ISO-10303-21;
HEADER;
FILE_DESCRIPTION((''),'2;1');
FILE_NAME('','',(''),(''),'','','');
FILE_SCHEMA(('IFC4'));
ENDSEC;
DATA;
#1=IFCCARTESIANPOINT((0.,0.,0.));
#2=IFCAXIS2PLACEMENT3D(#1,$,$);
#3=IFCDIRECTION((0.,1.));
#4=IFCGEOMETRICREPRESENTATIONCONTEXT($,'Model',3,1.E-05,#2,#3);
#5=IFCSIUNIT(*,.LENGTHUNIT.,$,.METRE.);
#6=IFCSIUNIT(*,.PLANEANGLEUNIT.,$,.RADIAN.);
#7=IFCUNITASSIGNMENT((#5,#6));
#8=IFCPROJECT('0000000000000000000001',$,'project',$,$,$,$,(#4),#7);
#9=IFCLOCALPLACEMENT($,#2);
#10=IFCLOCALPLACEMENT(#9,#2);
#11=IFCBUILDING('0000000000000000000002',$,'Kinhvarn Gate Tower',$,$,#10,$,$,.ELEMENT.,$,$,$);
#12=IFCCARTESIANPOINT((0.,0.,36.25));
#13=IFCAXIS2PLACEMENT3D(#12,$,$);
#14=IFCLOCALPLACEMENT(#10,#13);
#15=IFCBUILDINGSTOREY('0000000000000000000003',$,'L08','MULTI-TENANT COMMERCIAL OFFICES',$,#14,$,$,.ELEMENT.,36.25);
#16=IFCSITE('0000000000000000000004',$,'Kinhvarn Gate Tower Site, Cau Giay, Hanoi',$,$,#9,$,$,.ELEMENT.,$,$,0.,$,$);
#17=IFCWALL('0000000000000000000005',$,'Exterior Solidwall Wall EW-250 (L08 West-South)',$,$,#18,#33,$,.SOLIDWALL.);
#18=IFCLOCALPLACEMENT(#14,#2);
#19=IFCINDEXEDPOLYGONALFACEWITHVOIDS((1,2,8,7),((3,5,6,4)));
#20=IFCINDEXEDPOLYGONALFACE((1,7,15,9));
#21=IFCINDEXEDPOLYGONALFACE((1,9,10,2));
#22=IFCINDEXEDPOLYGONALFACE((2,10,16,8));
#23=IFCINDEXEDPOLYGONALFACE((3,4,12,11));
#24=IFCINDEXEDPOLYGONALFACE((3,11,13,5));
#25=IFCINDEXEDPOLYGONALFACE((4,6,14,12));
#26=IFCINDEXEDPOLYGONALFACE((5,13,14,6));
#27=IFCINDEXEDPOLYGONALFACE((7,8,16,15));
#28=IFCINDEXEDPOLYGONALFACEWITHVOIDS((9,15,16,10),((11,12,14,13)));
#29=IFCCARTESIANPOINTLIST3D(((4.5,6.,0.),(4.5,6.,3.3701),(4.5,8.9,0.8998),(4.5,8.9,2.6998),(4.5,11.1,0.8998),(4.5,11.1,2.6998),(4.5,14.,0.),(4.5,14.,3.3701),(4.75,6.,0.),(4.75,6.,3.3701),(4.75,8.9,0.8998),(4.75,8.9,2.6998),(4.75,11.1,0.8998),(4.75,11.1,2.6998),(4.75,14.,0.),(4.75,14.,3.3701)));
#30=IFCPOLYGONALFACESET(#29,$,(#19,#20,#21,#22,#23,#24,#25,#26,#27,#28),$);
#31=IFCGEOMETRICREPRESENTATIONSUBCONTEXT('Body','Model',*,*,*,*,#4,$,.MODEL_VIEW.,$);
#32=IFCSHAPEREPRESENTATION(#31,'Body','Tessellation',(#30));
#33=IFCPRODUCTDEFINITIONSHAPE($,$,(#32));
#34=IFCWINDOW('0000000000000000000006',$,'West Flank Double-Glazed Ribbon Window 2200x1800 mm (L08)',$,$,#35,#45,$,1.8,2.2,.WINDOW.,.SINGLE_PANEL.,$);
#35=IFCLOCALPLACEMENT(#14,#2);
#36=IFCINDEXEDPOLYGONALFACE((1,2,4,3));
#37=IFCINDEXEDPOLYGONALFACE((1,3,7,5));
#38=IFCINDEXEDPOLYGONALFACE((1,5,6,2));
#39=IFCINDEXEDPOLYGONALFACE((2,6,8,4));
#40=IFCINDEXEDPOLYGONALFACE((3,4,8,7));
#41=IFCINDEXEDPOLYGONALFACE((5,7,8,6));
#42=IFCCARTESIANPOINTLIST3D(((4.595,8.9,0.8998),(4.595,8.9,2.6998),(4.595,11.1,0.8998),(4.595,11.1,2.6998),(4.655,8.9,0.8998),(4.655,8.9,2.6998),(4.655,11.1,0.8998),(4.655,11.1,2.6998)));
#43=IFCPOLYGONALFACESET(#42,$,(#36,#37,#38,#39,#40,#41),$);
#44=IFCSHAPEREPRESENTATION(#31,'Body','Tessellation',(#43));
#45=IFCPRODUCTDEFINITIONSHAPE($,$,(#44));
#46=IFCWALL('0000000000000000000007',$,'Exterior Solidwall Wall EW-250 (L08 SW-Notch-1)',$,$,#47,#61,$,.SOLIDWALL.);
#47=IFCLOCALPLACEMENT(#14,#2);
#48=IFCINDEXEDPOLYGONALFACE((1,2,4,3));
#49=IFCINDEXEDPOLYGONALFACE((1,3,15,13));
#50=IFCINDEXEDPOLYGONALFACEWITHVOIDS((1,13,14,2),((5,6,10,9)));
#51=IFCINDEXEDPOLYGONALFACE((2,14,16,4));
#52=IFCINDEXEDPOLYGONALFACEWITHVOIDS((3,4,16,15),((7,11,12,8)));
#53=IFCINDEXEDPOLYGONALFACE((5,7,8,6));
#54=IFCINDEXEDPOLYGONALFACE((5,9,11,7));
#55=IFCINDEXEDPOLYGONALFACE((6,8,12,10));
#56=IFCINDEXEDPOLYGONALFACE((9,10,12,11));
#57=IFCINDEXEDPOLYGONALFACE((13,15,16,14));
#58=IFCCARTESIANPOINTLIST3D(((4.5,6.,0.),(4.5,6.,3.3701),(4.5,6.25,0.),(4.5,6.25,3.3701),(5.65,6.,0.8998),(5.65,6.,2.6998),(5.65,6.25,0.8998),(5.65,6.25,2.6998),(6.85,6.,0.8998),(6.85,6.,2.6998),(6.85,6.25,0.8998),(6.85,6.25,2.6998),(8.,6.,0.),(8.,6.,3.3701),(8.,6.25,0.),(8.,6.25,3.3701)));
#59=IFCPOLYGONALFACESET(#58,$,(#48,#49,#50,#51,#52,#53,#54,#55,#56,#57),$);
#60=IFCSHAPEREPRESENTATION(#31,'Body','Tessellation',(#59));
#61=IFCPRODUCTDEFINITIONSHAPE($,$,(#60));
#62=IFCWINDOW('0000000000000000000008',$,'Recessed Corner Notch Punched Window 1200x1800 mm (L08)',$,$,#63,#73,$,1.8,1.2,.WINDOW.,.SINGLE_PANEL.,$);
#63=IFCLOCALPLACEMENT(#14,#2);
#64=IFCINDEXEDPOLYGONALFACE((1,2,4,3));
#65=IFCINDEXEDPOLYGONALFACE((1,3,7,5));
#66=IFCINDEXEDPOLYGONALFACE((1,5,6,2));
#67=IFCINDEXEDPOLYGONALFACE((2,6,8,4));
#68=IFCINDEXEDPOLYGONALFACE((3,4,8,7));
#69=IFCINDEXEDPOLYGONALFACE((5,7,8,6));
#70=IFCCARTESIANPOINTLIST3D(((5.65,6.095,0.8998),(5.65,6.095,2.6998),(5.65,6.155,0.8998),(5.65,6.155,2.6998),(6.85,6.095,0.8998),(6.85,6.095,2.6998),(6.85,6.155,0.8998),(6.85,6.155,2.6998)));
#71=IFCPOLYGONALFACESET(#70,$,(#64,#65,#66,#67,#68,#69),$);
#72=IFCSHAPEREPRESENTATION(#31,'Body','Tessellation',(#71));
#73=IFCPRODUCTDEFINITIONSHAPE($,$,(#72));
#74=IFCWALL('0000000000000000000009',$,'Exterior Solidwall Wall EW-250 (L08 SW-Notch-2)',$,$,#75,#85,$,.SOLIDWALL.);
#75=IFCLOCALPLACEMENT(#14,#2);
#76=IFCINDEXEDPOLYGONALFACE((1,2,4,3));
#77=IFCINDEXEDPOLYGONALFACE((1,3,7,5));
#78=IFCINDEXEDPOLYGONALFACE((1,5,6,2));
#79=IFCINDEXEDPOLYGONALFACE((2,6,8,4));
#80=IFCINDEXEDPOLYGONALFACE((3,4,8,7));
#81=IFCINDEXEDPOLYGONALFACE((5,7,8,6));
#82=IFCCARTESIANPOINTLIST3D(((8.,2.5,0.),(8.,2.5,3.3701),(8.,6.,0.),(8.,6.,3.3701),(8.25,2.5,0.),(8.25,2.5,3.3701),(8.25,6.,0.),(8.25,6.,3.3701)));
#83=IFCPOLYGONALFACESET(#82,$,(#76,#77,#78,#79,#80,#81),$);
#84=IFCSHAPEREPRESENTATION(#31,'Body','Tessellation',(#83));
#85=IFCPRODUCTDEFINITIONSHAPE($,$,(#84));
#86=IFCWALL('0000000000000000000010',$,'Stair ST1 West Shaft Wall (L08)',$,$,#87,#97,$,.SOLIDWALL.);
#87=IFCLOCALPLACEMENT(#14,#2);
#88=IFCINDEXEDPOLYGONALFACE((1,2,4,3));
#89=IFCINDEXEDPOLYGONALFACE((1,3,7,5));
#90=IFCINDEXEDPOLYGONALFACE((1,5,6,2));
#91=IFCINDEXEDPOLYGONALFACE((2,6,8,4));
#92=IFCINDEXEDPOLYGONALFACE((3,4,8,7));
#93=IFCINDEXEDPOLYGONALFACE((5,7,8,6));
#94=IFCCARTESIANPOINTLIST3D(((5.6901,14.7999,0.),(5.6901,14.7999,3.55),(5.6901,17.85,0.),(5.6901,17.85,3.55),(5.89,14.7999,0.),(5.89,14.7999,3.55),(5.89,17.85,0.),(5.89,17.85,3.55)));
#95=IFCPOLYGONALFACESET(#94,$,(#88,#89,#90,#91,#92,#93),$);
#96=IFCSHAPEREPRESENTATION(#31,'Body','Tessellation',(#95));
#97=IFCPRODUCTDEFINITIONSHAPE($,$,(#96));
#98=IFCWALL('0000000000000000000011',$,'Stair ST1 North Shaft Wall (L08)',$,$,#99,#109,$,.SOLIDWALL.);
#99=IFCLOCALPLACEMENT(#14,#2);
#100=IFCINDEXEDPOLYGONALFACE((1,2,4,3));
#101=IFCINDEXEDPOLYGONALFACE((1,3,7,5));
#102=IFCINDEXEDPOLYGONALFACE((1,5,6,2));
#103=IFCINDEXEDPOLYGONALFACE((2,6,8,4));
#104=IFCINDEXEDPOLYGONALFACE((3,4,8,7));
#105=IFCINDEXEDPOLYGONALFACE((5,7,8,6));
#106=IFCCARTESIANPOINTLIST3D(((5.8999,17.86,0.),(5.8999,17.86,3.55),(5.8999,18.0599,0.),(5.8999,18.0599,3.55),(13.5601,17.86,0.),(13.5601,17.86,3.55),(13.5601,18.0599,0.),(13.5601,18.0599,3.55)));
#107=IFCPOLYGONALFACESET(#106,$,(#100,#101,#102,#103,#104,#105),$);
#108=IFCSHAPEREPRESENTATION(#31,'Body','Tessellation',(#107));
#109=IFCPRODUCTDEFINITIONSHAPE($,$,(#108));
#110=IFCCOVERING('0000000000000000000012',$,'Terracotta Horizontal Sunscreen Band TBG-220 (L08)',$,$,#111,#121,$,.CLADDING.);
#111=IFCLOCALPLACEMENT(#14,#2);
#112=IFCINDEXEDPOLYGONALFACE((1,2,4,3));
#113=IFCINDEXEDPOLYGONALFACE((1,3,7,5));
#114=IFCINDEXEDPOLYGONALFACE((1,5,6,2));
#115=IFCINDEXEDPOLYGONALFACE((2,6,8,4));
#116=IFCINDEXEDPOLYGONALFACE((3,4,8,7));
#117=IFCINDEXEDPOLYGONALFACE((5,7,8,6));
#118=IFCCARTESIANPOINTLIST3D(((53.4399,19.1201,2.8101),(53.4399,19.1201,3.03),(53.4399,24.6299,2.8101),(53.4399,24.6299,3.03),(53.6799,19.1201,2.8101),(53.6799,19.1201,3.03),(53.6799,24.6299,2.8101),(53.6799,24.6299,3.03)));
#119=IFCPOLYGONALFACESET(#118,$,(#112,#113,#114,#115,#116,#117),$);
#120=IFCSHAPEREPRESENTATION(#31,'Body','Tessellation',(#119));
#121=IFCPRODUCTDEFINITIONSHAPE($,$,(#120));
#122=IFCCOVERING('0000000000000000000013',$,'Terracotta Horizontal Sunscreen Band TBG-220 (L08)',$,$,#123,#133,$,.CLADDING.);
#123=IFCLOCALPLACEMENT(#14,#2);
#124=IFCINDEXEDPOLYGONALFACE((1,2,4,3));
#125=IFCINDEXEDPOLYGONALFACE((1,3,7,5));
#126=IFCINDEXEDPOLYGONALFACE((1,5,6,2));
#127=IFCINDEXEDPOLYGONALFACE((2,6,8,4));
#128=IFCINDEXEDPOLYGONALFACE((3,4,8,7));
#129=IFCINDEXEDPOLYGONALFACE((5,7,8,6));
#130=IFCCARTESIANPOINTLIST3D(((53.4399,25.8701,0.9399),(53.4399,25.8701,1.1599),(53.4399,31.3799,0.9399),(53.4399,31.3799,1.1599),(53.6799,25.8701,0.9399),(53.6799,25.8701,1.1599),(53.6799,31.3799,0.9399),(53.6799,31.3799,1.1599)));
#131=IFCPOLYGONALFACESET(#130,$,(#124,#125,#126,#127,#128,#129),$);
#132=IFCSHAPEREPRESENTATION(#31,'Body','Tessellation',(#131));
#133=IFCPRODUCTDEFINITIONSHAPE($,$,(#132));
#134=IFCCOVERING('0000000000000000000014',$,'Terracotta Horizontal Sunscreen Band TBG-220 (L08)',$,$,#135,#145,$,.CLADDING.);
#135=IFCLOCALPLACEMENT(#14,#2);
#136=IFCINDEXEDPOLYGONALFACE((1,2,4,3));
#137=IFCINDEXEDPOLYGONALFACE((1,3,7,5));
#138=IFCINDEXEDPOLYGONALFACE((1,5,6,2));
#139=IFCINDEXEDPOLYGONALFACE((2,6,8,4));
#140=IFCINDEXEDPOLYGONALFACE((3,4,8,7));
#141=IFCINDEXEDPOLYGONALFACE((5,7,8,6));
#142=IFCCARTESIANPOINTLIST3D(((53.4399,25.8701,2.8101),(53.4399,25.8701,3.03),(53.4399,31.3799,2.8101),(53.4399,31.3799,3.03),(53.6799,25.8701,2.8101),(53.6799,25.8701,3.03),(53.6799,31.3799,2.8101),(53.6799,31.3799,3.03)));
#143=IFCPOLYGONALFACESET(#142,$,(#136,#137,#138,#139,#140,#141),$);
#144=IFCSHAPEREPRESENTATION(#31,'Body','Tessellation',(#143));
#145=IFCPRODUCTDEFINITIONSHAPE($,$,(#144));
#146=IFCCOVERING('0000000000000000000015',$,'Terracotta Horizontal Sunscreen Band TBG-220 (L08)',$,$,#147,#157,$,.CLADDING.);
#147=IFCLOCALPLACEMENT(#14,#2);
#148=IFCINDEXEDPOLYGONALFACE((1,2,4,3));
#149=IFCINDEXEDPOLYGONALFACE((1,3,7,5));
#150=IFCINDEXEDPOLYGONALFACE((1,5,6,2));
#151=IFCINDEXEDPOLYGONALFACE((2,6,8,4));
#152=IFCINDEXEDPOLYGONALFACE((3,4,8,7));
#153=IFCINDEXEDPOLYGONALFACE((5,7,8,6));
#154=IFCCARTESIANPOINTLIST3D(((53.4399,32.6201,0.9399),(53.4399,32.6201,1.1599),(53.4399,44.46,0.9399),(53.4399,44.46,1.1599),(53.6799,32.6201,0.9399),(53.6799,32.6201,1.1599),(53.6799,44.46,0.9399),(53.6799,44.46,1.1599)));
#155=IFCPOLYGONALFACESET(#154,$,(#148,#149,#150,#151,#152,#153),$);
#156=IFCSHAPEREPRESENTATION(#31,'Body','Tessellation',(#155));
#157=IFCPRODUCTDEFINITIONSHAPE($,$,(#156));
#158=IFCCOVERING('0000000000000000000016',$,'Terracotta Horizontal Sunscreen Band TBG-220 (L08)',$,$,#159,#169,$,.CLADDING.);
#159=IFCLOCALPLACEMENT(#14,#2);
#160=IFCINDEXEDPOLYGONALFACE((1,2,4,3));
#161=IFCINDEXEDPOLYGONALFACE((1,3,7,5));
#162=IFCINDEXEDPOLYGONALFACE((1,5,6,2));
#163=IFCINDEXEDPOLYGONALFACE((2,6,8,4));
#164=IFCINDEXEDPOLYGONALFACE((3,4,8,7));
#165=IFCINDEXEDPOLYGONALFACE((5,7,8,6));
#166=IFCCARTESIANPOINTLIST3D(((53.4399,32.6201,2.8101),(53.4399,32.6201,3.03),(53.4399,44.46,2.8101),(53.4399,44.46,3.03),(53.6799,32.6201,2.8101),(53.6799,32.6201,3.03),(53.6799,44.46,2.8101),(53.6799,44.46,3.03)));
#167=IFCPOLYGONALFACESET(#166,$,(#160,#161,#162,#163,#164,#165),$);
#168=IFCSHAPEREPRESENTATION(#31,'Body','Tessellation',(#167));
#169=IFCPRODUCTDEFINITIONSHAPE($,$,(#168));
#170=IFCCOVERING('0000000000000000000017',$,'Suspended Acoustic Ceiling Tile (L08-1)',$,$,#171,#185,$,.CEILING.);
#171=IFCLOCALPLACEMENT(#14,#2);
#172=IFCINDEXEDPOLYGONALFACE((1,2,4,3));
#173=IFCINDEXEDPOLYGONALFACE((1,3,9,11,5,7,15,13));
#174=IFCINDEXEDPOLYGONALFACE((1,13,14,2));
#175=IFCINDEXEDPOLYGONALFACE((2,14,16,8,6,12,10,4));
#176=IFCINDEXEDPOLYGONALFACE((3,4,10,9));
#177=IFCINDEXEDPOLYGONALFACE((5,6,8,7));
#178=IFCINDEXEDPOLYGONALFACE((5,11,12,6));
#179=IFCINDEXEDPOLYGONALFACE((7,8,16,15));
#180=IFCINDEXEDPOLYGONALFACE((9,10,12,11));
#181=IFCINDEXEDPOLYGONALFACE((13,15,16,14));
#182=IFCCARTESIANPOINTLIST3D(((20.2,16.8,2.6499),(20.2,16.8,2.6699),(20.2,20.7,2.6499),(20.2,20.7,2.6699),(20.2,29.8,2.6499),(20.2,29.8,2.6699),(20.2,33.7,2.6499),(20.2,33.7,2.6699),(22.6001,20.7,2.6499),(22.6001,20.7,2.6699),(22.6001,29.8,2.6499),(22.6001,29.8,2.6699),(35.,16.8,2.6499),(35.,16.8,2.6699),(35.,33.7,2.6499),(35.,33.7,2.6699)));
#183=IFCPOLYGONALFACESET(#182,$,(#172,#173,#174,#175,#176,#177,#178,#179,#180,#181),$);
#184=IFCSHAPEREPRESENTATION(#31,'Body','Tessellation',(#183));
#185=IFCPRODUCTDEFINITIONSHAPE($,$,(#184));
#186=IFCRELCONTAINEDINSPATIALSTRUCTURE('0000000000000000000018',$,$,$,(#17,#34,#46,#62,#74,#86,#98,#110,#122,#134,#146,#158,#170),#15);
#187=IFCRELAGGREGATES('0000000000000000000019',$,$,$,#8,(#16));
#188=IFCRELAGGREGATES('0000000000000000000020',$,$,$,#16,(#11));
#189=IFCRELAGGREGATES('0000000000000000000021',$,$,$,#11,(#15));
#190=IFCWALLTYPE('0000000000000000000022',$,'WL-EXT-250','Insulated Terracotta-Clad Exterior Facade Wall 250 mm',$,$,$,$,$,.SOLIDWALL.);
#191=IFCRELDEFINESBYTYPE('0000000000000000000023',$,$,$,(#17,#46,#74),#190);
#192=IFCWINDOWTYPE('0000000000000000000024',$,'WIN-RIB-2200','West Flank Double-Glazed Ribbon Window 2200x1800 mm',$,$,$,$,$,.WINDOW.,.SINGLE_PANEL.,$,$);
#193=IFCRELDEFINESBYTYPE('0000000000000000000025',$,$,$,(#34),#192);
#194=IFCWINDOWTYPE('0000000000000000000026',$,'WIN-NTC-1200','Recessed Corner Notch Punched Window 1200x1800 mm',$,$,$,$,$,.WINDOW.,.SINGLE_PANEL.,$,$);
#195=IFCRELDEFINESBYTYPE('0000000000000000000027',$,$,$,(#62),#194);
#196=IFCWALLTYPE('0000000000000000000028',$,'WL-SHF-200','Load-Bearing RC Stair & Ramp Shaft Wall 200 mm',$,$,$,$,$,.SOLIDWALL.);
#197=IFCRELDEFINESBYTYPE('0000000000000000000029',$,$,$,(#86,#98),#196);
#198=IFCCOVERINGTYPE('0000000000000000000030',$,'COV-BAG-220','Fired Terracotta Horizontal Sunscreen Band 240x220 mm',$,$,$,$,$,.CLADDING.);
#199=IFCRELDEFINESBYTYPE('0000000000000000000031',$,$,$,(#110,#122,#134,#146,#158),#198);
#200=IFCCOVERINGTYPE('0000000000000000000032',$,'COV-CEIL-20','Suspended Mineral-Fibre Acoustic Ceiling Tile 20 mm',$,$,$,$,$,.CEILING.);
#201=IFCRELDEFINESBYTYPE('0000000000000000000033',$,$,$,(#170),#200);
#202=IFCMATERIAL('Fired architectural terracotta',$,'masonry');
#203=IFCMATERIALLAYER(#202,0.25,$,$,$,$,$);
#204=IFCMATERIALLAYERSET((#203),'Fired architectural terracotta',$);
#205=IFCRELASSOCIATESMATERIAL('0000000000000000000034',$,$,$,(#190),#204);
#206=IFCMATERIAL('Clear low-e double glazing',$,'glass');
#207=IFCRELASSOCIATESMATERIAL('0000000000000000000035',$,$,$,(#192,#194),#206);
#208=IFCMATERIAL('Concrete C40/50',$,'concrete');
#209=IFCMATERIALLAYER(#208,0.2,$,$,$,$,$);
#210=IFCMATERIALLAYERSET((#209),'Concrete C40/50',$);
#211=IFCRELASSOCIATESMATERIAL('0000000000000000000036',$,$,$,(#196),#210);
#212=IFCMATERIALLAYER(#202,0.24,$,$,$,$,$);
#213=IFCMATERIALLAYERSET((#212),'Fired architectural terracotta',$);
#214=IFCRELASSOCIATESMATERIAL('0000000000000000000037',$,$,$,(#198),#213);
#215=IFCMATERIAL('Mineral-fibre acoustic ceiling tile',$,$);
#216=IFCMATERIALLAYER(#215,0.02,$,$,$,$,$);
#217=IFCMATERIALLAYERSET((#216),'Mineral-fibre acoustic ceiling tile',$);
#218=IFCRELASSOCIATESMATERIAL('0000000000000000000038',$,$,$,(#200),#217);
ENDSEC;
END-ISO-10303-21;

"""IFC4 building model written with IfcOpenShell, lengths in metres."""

from ifc_helpers import new_model, si_unit, direction, frame, frame_2d, origin, place, context, subcontext, project, spatial, polyline, rectangle, outline, extrude, material, layer, layer_set, type_object, element, fill, save


model = new_model("IFC4")

# Units and contexts
model_context = context("Model", 3, precision=1e-05, world=origin(), true_north=direction((0.0, 1.0)))
body_context = subcontext(model_context, "Body", "Model", "MODEL_VIEW")
ifc_project = project(units=[si_unit("LENGTHUNIT", "METRE"), si_unit("PLANEANGLEUNIT", "RADIAN")], contexts=[model_context])

# Site, building, storey
site_placement = place(None, origin())
site = spatial("IfcSite", under=ifc_project, at=site_placement, Name="Kinhvarn Gate Tower Site, Cau Giay, Hanoi", CompositionType="ELEMENT", RefElevation=0.0)
building_placement = place(site_placement, origin())
building = spatial("IfcBuilding", under=site, at=building_placement, Name="Kinhvarn Gate Tower", CompositionType="ELEMENT")
storey_placement = place(building_placement, frame((0.0, 0.0, 36.25)))
storey = spatial("IfcBuildingStorey", under=building, at=storey_placement, Name="L08", Description="MULTI-TENANT COMMERCIAL OFFICES", CompositionType="ELEMENT", Elevation=36.25)

# Shared definitions
ifc_material_1 = material(Name="Clear low-e double glazing", Category="glass")

# Shared definitions
ifc_material_2 = material(Name="Concrete C40/50", Category="concrete")

# Walls, openings, windows
ifc_material_3 = material(Name="Fired architectural terracotta", Category="masonry")
ifc_layer_1 = layer(ifc_material_3, 0.25)
ifc_layer_set_1 = layer_set([ifc_layer_1], Name="Fired architectural terracotta")
wall_type_1 = type_object("IfcWallType", Name="WL-EXT-250", Description="Insulated Terracotta-Clad Exterior Facade Wall 250 mm", PredefinedType="SOLIDWALL", material=ifc_layer_set_1)
wall_1_placement = place(storey_placement, frame((4.625, 14.0, 0.0), z_axis=(0.0, 0.0, 1.0), x_axis=(0.0, -1.0, 0.0)))
wall_1 = element("IfcWall", 1, at=wall_1_placement, inside=storey, type_object=wall_type_1, Name="Exterior Solidwall Wall EW-250 (L08 West-South)", PredefinedType="SOLIDWALL", context=body_context, shape_type="SweptSolid", body=[
    extrude(rectangle(XDim=8.0, YDim=0.25, at=frame_2d((4.0, 0.0))), origin(), (0.0, 0.0, 1.0), 3.3701),
])
opening_1_placement = place(wall_1_placement, frame((2.8999, 0.0, 0.8999)))
opening_1 = element("IfcOpeningElement", 2, at=opening_1_placement, cuts=wall_1, PredefinedType="OPENING", context=body_context, shape_type="SweptSolid", body=[
    extrude(rectangle(XDim=2.2, YDim=1.8, at=frame_2d((1.1001, 0.8999))), frame((0.0, 0.135, 0.0), z_axis=(0.0, -1.0, 0.0), x_axis=(1.0, 0.0, 0.0)), (0.0, 0.0, 1.0), 0.27),
])
window_type_1 = type_object("IfcWindowType", Name="WIN-RIB-2200", Description="West Flank Double-Glazed Ribbon Window 2200x1800 mm", PartitioningType="SINGLE_PANEL", PredefinedType="WINDOW", material=ifc_material_1)
window_1_placement = place(opening_1_placement, origin())
window_1 = element("IfcWindow", 3, at=window_1_placement, inside=storey, type_object=window_type_1, Name="West Flank Double-Glazed Ribbon Window 2200x1800 mm (L08)", OverallHeight=1.8, OverallWidth=2.2, PartitioningType="SINGLE_PANEL", PredefinedType="WINDOW", context=body_context, shape_type="SweptSolid", body=[
    extrude(rectangle(XDim=2.2, YDim=1.8, at=frame_2d((1.1001, 0.8999))), frame((0.0, 0.03, 0.0), z_axis=(0.0, -1.0, 0.0), x_axis=(1.0, 0.0, 0.0)), (0.0, 0.0, 1.0), 0.0601),
])
fill(opening_1, window_1)
wall_2_placement = place(storey_placement, frame((4.5, 6.125, 0.0), z_axis=(0.0, 0.0, 1.0), x_axis=(1.0, 0.0, 0.0)))
wall_2 = element("IfcWall", 4, at=wall_2_placement, inside=storey, type_object=wall_type_1, Name="Exterior Solidwall Wall EW-250 (L08 SW-Notch-1)", PredefinedType="SOLIDWALL", context=body_context, shape_type="SweptSolid", body=[
    extrude(rectangle(XDim=3.5, YDim=0.25, at=frame_2d((1.75, 0.0))), origin(), (0.0, 0.0, 1.0), 3.3701),
])
opening_2_placement = place(wall_2_placement, frame((1.1499, 0.0, 0.8999)))
opening_2 = element("IfcOpeningElement", 5, at=opening_2_placement, cuts=wall_2, PredefinedType="OPENING", context=body_context, shape_type="SweptSolid", body=[
    extrude(rectangle(XDim=1.2, YDim=1.8, at=frame_2d((0.6001, 0.8999))), frame((0.0, 0.135, 0.0), z_axis=(0.0, -1.0, 0.0), x_axis=(1.0, 0.0, 0.0)), (0.0, 0.0, 1.0), 0.27),
])
window_type_2 = type_object("IfcWindowType", Name="WIN-NTC-1200", Description="Recessed Corner Notch Punched Window 1200x1800 mm", PartitioningType="SINGLE_PANEL", PredefinedType="WINDOW", material=ifc_material_1)
window_2_placement = place(opening_2_placement, origin())
window_2 = element("IfcWindow", 6, at=window_2_placement, inside=storey, type_object=window_type_2, Name="Recessed Corner Notch Punched Window 1200x1800 mm (L08)", OverallHeight=1.8, OverallWidth=1.2, PartitioningType="SINGLE_PANEL", PredefinedType="WINDOW", context=body_context, shape_type="SweptSolid", body=[
    extrude(rectangle(XDim=1.2, YDim=1.8, at=frame_2d((0.6001, 0.8999))), frame((0.0, 0.03, 0.0), z_axis=(0.0, -1.0, 0.0), x_axis=(1.0, 0.0, 0.0)), (0.0, 0.0, 1.0), 0.0601),
])
fill(opening_2, window_2)

# Walls
wall_3_placement = place(storey_placement, frame((8.125, 6.0, 0.0), z_axis=(0.0, 0.0, 1.0), x_axis=(0.0, -1.0, 0.0)))
element("IfcWall", 7, at=wall_3_placement, inside=storey, type_object=wall_type_1, Name="Exterior Solidwall Wall EW-250 (L08 SW-Notch-2)", PredefinedType="SOLIDWALL", context=body_context, shape_type="SweptSolid", body=[
    extrude(rectangle(XDim=3.5, YDim=0.25, at=frame_2d((1.75, 0.0))), origin(), (0.0, 0.0, 1.0), 3.3701),
])
ifc_layer_2 = layer(ifc_material_2, 0.2)
ifc_layer_set_2 = layer_set([ifc_layer_2], Name="Concrete C40/50")
wall_type_2 = type_object("IfcWallType", Name="WL-SHF-200", Description="Load-Bearing RC Stair & Ramp Shaft Wall 200 mm", PredefinedType="SOLIDWALL", material=ifc_layer_set_2)
wall_4_placement = place(storey_placement, frame((5.79, 14.8, 0.0), z_axis=(0.0, 0.0, 1.0), x_axis=(0.0, 1.0, 0.0)))
element("IfcWall", 8, at=wall_4_placement, inside=storey, type_object=wall_type_2, Name="Stair ST1 West Shaft Wall (L08)", PredefinedType="SOLIDWALL", context=body_context, shape_type="SweptSolid", body=[
    extrude(rectangle(XDim=3.05, YDim=0.2, at=frame_2d((1.5249, 0.0))), origin(), (0.0, 0.0, 1.0), 3.55),
])
wall_5_placement = place(storey_placement, frame((5.8999, 17.96, 0.0), z_axis=(0.0, 0.0, 1.0), x_axis=(1.0, 0.0, 0.0)))
element("IfcWall", 9, at=wall_5_placement, inside=storey, type_object=wall_type_2, Name="Stair ST1 North Shaft Wall (L08)", PredefinedType="SOLIDWALL", context=body_context, shape_type="SweptSolid", body=[
    extrude(rectangle(XDim=7.6602, YDim=0.2, at=frame_2d((3.8301, 0.0))), origin(), (0.0, 0.0, 1.0), 3.55),
])

# Coverings
ifc_layer_3 = layer(ifc_material_3, 0.24)
ifc_layer_set_3 = layer_set([ifc_layer_3], Name="Fired architectural terracotta")
covering_type_1 = type_object("IfcCoveringType", Name="COV-BAG-220", Description="Fired Terracotta Horizontal Sunscreen Band 240x220 mm", PredefinedType="CLADDING", material=ifc_layer_set_3)
covering_1_placement = place(storey_placement, frame((0.0, 0.0, 2.8101)))
element("IfcCovering", 10, at=covering_1_placement, inside=storey, type_object=covering_type_1, Name="Terracotta Horizontal Sunscreen Band TBG-220 (L08)", PredefinedType="CLADDING", context=body_context, shape_type="SweptSolid", body=[
    extrude(outline(polyline([(53.4399, 19.1201), (53.4399, 24.6299), (53.6799, 24.6299), (53.6799, 19.1201), (53.4399, 19.1201)])), origin(), (0.0, 0.0, 1.0), 0.22),
])
for number, where, name in (
    (11, (0.0, 0.0, 0.9399), "Terracotta Horizontal Sunscreen Band TBG-220 (L08)"),
    (12, (0.0, 0.0, 2.8101), "Terracotta Horizontal Sunscreen Band TBG-220 (L08)"),
):
    element("IfcCovering", number, at=place(storey_placement, frame(where)), inside=storey, type_object=covering_type_1, Name=name, PredefinedType="CLADDING", context=body_context, shape_type="SweptSolid", body=[
        extrude(outline(polyline([(53.4399, 25.8701), (53.4399, 31.3799), (53.6799, 31.3799), (53.6799, 25.8701), (53.4399, 25.8701)])), origin(), (0.0, 0.0, 1.0), 0.22),
    ])
for number, where, name in (
    (13, (0.0, 0.0, 0.9399), "Terracotta Horizontal Sunscreen Band TBG-220 (L08)"),
    (14, (0.0, 0.0, 2.8101), "Terracotta Horizontal Sunscreen Band TBG-220 (L08)"),
):
    element("IfcCovering", number, at=place(storey_placement, frame(where)), inside=storey, type_object=covering_type_1, Name=name, PredefinedType="CLADDING", context=body_context, shape_type="SweptSolid", body=[
        extrude(outline(polyline([(53.4399, 32.6201), (53.4399, 44.46), (53.6799, 44.46), (53.6799, 32.6201), (53.4399, 32.6201)])), origin(), (0.0, 0.0, 1.0), 0.22),
    ])
ifc_material_4 = material(Name="Mineral-fibre acoustic ceiling tile")
ifc_layer_4 = layer(ifc_material_4, 0.02)
ifc_layer_set_4 = layer_set([ifc_layer_4], Name="Mineral-fibre acoustic ceiling tile")
covering_type_2 = type_object("IfcCoveringType", Name="COV-CEIL-20", Description="Suspended Mineral-Fibre Acoustic Ceiling Tile 20 mm", PredefinedType="CEILING", material=ifc_layer_set_4)
covering_2_placement = place(storey_placement, frame((0.0, 0.0, 2.6499)))
element("IfcCovering", 15, at=covering_2_placement, inside=storey, type_object=covering_type_2, Name="Suspended Acoustic Ceiling Tile (L08-1)", PredefinedType="CEILING", context=body_context, shape_type="SweptSolid", body=[
    extrude(outline(polyline([(35.0, 33.7), (35.0, 16.8), (20.2, 16.8), (20.2, 20.7), (22.6001, 20.7), (22.6001, 29.8), (20.2, 29.8), (20.2, 33.7), (35.0, 33.7)])), origin(), (0.0, 0.0, 1.0), 0.02),
])

save(model, "model.ifc")
